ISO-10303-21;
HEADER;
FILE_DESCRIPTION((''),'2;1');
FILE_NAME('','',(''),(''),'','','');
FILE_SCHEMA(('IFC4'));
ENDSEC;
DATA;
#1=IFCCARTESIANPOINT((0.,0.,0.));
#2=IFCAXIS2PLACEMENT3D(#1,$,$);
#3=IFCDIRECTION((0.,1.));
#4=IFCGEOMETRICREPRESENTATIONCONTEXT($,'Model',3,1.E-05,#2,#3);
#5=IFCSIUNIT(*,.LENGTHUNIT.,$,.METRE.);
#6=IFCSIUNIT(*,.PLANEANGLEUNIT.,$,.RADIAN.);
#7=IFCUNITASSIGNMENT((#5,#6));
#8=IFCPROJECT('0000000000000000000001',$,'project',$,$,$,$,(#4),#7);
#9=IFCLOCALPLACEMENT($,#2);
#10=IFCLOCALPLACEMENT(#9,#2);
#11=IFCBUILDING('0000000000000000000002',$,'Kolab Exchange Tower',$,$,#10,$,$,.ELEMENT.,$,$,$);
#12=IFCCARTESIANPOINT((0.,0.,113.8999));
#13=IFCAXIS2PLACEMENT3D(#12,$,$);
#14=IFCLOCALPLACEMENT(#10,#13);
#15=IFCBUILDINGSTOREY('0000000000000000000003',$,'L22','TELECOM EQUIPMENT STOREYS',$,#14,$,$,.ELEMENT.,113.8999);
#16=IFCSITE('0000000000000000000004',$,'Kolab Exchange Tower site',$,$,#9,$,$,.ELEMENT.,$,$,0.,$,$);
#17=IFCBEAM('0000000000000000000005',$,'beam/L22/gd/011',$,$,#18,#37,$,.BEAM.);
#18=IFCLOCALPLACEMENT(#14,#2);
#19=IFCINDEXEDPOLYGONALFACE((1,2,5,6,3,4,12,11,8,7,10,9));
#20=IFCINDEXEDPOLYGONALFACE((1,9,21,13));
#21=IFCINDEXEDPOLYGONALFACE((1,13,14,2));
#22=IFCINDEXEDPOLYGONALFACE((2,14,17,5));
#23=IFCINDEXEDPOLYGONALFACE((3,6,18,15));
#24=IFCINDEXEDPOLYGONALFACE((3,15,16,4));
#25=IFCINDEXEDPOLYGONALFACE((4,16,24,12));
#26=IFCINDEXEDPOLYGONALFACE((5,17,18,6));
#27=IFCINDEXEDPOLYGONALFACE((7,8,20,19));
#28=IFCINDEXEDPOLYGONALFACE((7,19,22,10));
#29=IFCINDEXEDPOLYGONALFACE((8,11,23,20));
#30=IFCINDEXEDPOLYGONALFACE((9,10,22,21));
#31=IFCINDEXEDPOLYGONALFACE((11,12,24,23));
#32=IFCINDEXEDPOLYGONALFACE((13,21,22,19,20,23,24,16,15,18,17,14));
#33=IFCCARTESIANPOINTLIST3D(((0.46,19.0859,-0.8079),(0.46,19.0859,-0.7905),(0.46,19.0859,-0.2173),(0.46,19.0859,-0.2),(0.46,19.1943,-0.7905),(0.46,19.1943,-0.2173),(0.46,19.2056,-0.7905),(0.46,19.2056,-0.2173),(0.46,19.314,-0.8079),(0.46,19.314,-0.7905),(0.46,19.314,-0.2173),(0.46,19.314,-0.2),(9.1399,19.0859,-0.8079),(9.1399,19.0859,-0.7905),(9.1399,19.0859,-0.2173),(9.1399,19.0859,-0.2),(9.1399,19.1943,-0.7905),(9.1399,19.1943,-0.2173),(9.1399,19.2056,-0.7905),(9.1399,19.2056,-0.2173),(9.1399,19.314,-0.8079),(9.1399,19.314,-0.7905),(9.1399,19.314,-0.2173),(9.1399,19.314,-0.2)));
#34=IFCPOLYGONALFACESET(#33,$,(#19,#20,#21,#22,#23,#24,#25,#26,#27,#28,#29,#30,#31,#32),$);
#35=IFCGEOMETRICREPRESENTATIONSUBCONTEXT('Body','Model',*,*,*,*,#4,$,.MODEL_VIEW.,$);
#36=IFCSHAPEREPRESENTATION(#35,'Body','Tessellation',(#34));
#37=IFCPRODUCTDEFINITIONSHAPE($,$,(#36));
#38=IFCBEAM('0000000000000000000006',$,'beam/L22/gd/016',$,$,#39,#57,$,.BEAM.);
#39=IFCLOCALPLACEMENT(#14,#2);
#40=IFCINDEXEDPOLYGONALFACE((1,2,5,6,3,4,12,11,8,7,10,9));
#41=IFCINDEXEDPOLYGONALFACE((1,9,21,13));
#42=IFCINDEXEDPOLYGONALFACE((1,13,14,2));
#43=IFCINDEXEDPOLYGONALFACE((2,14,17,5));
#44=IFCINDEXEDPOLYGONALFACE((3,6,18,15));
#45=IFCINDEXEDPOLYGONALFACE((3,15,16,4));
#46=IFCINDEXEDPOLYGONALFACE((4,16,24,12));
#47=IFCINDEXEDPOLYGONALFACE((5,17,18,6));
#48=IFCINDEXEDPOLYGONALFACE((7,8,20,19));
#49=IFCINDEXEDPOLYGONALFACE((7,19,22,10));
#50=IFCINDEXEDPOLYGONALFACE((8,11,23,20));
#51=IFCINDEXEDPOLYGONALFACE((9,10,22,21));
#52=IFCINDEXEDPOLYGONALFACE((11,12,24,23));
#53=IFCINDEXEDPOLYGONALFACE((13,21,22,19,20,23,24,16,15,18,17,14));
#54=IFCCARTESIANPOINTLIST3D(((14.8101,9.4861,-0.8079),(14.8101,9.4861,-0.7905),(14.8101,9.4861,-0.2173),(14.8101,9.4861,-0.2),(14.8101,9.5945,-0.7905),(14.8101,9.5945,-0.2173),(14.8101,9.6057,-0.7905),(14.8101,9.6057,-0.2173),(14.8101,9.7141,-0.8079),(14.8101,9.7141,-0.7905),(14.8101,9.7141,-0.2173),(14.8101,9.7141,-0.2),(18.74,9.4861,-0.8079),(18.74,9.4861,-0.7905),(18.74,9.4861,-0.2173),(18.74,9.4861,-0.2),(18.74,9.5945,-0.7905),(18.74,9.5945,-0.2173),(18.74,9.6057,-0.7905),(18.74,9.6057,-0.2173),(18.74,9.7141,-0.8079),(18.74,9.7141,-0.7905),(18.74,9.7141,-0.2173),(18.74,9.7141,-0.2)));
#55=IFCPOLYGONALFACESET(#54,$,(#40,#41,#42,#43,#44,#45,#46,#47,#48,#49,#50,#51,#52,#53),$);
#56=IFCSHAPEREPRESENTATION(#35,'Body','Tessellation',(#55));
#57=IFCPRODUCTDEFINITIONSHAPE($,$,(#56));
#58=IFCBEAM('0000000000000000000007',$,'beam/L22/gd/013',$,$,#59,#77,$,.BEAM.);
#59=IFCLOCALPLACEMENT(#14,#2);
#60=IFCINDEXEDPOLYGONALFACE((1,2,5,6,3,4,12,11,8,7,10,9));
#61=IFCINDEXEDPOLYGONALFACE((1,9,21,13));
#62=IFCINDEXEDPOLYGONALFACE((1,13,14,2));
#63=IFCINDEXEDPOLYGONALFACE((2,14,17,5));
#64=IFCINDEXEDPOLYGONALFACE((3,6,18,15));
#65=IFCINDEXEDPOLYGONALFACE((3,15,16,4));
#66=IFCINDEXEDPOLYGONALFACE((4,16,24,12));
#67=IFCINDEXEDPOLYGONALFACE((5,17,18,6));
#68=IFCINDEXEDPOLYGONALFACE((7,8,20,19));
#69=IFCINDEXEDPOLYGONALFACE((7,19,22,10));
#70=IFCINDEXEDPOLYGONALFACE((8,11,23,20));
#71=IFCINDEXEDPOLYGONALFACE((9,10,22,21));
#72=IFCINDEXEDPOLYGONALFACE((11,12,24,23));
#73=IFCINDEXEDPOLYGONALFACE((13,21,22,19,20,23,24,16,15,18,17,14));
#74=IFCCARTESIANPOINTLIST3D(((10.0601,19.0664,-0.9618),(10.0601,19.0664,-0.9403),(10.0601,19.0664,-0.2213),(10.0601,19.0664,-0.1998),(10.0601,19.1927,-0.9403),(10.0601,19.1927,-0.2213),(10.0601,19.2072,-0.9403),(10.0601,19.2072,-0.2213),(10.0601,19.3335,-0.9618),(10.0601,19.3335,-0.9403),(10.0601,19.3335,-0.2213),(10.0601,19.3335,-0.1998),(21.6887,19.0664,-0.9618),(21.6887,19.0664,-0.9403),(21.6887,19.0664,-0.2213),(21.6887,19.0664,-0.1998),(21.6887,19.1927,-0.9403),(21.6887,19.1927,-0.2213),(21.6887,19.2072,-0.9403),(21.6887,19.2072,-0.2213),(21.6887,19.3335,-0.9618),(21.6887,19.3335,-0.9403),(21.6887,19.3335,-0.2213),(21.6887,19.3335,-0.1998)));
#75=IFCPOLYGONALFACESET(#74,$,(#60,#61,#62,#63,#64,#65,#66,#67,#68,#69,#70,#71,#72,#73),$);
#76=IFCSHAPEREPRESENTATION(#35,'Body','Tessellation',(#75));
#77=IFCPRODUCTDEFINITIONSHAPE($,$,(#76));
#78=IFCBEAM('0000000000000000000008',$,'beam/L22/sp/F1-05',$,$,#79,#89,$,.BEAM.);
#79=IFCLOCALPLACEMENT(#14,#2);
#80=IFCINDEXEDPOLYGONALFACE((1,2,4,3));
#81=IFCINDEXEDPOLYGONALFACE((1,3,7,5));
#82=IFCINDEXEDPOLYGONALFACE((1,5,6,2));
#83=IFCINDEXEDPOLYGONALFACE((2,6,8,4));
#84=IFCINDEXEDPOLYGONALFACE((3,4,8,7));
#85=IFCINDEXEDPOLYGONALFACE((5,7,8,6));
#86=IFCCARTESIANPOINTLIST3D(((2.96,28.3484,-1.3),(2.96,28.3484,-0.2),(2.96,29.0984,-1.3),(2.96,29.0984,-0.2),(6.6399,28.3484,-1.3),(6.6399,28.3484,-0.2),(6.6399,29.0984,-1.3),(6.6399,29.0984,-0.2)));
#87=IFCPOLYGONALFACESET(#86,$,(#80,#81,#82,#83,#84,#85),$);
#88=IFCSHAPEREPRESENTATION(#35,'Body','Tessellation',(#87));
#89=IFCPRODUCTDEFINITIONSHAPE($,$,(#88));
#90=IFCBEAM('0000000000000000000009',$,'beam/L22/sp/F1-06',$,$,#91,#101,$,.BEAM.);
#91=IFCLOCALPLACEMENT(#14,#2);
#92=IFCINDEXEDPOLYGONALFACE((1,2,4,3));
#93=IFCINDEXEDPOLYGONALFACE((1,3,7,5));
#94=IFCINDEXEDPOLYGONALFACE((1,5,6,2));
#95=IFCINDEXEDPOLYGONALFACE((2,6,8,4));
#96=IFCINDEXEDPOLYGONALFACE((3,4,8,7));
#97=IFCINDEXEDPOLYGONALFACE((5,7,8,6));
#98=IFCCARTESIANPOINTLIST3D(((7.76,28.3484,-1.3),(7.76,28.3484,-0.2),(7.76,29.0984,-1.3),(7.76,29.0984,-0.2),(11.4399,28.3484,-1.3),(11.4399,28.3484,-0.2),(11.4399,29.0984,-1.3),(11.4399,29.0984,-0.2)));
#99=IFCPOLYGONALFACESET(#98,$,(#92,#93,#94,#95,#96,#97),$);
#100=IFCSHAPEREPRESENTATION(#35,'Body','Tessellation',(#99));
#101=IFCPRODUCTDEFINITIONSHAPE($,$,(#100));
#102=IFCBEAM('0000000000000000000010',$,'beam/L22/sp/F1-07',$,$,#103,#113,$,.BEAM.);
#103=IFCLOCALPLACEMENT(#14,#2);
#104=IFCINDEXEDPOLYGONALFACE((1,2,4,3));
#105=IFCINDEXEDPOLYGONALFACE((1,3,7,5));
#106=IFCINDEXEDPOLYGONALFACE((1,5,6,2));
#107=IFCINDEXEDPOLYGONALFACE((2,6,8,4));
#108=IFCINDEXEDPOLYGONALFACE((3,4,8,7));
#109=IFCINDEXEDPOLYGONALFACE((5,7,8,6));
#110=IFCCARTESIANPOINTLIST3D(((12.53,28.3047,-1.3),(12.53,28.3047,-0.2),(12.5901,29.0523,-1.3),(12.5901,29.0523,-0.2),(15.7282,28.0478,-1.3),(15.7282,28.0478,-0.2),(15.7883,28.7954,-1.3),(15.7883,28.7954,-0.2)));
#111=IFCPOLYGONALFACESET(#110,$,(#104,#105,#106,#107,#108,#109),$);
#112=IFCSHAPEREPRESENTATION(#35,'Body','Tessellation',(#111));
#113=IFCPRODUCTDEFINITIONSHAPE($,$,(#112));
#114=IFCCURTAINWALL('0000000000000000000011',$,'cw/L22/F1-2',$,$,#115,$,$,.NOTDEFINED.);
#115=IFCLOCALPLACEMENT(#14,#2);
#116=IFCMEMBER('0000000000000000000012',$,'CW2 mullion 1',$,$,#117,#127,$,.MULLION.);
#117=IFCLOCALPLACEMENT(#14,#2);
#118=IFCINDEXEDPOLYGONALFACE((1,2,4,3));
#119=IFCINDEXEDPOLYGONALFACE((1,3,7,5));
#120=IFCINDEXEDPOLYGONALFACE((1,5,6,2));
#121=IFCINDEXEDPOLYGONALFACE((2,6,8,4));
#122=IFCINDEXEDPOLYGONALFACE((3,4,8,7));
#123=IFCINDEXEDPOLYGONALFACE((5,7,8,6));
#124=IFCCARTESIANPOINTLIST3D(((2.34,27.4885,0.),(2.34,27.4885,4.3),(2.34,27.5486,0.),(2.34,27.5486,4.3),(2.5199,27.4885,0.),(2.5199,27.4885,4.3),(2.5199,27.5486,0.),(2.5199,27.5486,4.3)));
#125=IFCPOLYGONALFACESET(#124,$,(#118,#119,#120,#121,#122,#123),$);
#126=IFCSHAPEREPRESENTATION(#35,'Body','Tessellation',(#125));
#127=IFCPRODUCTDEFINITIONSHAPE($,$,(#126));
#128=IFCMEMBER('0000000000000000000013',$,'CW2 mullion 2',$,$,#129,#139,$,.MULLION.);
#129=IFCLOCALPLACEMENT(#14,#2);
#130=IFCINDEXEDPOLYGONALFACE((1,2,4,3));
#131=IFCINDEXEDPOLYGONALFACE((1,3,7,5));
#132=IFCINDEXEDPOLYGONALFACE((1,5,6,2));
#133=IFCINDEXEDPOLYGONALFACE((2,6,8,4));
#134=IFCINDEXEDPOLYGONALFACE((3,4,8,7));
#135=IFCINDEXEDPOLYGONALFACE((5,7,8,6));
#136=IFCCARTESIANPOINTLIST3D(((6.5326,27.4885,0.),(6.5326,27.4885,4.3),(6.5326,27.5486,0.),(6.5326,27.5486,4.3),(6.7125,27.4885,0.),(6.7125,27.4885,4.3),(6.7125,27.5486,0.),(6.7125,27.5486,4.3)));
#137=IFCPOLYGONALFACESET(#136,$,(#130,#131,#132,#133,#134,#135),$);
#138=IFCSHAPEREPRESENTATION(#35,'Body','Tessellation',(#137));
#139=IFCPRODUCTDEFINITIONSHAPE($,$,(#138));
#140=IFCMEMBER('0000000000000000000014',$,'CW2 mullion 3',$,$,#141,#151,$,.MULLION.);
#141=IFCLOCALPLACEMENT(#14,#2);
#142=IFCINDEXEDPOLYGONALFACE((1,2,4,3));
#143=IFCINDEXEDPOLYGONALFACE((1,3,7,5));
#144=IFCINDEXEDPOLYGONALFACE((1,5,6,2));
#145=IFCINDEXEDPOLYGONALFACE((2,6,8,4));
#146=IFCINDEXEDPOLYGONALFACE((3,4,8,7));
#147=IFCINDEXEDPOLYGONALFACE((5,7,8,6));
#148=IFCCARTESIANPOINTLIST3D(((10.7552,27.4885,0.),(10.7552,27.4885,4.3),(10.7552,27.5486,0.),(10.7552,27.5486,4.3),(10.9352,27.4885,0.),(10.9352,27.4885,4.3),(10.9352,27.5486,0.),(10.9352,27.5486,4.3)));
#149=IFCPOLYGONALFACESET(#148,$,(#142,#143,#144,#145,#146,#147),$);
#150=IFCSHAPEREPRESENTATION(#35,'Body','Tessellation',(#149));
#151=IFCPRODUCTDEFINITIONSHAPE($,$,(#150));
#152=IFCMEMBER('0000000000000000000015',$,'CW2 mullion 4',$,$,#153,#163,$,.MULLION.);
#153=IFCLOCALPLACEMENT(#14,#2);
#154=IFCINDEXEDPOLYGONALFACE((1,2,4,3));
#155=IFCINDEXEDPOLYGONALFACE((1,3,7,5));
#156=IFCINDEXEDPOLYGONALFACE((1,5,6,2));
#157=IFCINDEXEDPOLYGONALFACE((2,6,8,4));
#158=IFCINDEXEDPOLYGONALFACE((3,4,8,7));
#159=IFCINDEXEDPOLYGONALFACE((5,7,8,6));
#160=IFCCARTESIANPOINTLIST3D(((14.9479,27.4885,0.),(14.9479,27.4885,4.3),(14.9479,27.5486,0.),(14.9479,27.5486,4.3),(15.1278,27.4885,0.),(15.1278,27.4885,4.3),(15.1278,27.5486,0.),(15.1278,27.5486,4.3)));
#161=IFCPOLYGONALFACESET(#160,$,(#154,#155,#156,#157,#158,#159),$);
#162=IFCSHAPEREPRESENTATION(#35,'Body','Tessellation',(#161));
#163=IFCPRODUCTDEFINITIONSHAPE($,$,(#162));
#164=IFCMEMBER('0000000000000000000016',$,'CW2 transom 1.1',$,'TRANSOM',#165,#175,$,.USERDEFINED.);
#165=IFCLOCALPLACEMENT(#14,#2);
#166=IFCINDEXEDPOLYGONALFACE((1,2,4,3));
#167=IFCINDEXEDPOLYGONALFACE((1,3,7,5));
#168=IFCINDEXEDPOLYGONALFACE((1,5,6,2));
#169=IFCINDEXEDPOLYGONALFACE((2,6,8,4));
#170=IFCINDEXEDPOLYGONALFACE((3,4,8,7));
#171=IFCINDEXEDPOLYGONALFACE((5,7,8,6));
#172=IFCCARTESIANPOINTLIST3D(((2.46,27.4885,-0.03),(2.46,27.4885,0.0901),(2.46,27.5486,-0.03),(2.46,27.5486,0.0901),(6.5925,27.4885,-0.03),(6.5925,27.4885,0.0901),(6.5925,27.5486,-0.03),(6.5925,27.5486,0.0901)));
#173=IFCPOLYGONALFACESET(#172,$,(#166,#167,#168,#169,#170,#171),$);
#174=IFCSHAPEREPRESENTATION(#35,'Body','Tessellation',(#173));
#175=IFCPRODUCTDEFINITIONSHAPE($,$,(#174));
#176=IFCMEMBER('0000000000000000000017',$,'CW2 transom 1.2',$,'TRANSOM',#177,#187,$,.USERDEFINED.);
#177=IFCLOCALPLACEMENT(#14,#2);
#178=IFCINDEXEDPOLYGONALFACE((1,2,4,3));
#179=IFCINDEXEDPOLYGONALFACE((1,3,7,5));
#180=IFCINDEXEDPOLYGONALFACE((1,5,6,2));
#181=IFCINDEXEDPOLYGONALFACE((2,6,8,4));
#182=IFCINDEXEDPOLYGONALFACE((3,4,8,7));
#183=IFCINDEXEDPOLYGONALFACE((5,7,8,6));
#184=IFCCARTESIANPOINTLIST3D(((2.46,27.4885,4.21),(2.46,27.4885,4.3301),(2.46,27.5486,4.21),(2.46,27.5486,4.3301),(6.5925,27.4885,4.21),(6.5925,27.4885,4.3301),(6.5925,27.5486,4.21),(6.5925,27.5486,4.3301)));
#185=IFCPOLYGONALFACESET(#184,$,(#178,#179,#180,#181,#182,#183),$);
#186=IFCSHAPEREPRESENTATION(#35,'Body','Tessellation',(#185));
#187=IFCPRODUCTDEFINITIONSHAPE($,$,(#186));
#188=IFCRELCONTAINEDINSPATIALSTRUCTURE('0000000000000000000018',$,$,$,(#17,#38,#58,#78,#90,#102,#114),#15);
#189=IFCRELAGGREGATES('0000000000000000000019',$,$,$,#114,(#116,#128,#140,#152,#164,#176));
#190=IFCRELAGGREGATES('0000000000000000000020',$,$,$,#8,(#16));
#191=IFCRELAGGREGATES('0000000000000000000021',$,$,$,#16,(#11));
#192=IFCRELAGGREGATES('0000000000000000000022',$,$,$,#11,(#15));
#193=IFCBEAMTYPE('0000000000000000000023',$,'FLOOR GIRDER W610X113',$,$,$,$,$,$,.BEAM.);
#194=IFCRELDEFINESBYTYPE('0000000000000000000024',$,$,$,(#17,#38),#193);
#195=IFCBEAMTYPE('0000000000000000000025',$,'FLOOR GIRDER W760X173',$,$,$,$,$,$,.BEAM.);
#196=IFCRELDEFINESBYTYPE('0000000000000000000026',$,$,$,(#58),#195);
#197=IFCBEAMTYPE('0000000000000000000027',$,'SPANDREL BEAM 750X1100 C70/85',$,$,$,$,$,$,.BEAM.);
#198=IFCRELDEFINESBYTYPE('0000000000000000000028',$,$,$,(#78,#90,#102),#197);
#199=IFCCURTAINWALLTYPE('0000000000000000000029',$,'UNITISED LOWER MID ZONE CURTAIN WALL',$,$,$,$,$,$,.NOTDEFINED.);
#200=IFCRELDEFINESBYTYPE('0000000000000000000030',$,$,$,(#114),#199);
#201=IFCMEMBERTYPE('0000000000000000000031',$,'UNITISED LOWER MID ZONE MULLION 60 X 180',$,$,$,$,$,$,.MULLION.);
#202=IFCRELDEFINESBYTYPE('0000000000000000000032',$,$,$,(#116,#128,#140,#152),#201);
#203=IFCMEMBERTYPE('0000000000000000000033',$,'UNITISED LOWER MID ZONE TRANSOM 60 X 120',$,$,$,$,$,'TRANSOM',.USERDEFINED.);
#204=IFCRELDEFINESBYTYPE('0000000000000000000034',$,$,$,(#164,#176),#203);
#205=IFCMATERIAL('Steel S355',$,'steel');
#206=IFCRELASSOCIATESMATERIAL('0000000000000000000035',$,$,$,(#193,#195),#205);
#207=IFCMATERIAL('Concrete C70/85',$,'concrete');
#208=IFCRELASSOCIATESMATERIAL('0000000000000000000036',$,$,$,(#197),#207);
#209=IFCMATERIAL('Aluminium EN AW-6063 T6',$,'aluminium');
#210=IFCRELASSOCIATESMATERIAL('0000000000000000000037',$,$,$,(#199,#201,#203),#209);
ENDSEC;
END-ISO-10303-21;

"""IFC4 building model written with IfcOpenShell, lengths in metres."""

from ifc_helpers import new_model, si_unit, direction, frame, origin, origin_2d, place, context, subcontext, project, spatial, rectangle, i_section, extrude, material, material_profile, profile_set, type_object, element, aggregate, save


model = new_model("IFC4")

# Units and contexts
model_context = context("Model", 3, precision=1e-05, world=origin(), true_north=direction((0.0, 1.0)))
body_context = subcontext(model_context, "Body", "Model", "MODEL_VIEW")
ifc_project = project(units=[si_unit("LENGTHUNIT", "METRE"), si_unit("PLANEANGLEUNIT", "RADIAN")], contexts=[model_context])

# Site, building, storey
site_placement = place(None, origin())
site = spatial("IfcSite", under=ifc_project, at=site_placement, Name="Kolab Exchange Tower site", CompositionType="ELEMENT", RefElevation=0.0)
building_placement = place(site_placement, origin())
building = spatial("IfcBuilding", under=site, at=building_placement, Name="Kolab Exchange Tower", CompositionType="ELEMENT")
storey_placement = place(building_placement, frame((0.0, 0.0, 113.8999)))
storey = spatial("IfcBuildingStorey", under=building, at=storey_placement, Name="L22", Description="TELECOM EQUIPMENT STOREYS", CompositionType="ELEMENT", Elevation=113.8999)

# Shared definitions
ifc_material_1 = material(Name="Concrete C70/85", Category="concrete")

# Beams
ifc_material_2 = material(Name="Steel S355", Category="steel")
ifc_material_profile_1 = material_profile(ifc_material_2, i_section(OverallWidth=0.228, OverallDepth=0.6079, WebThickness=0.0112, FlangeThickness=0.0173, at=origin_2d()), Name="W610X113")
ifc_profile_set_1 = profile_set([ifc_material_profile_1], Name="Steel S355")
beam_type_1 = type_object("IfcBeamType", Name="FLOOR GIRDER W610X113", PredefinedType="BEAM", material=ifc_profile_set_1)
beam_1_placement = place(storey_placement, frame((0.46, 19.2, -0.5039), z_axis=(1.0, 0.0, 0.0), x_axis=(0.0, 1.0, 0.0)))
element("IfcBeam", 1, at=beam_1_placement, inside=storey, type_object=beam_type_1, Name="beam/L22/gd/011", PredefinedType="BEAM", context=body_context, shape_type="SweptSolid", body=[
    extrude(i_section(OverallWidth=0.228, OverallDepth=0.6079, WebThickness=0.0112, FlangeThickness=0.0173, at=origin_2d()), origin(), (0.0, 0.0, 1.0), 8.6799),
])
beam_2_placement = place(storey_placement, frame((14.8101, 9.6001, -0.5039), z_axis=(1.0, 0.0, 0.0), x_axis=(0.0, 1.0, 0.0)))
element("IfcBeam", 2, at=beam_2_placement, inside=storey, type_object=beam_type_1, Name="beam/L22/gd/016", PredefinedType="BEAM", context=body_context, shape_type="SweptSolid", body=[
    extrude(i_section(OverallWidth=0.228, OverallDepth=0.6079, WebThickness=0.0112, FlangeThickness=0.0173, at=origin_2d()), origin(), (0.0, 0.0, 1.0), 3.9299),
])
ifc_material_profile_2 = material_profile(ifc_material_2, i_section(OverallWidth=0.2671, OverallDepth=0.762, WebThickness=0.0144, FlangeThickness=0.0215, at=origin_2d()), Name="W760X173")
ifc_profile_set_2 = profile_set([ifc_material_profile_2], Name="Steel S355")
beam_type_2 = type_object("IfcBeamType", Name="FLOOR GIRDER W760X173", PredefinedType="BEAM", material=ifc_profile_set_2)
beam_3_placement = place(storey_placement, frame((10.0601, 19.2, -0.5808), z_axis=(1.0, 0.0, 0.0), x_axis=(0.0, 1.0, 0.0)))
element("IfcBeam", 3, at=beam_3_placement, inside=storey, type_object=beam_type_2, Name="beam/L22/gd/013", PredefinedType="BEAM", context=body_context, shape_type="SweptSolid", body=[
    extrude(i_section(OverallWidth=0.2671, OverallDepth=0.762, WebThickness=0.0144, FlangeThickness=0.0215, at=origin_2d()), origin(), (0.0, 0.0, 1.0), 11.6287),
])
ifc_material_profile_3 = material_profile(ifc_material_1, rectangle(XDim=0.75, YDim=1.1001, at=origin_2d()), Name="RC750X1100")
ifc_profile_set_3 = profile_set([ifc_material_profile_3], Name="Concrete C70/85")
beam_type_3 = type_object("IfcBeamType", Name="SPANDREL BEAM 750X1100 C70/85", PredefinedType="BEAM", material=ifc_profile_set_3)
for number, where, z_axis, x_axis, name in (
    (4, (2.96, 28.7234, -0.75), (1.0, 0.0, 0.0), (0.0, 1.0, 0.0), "beam/L22/sp/F1-05"),
    (5, (7.76, 28.7234, -0.75), (1.0, 0.0, 0.0), (0.0, 1.0, 0.0), "beam/L22/sp/F1-06"),
):
    element("IfcBeam", number, at=place(storey_placement, frame(where, z_axis=z_axis, x_axis=x_axis)), inside=storey, type_object=beam_type_3, Name=name, PredefinedType="BEAM", context=body_context, shape_type="SweptSolid", body=[
        extrude(rectangle(XDim=0.75, YDim=1.1001, at=origin_2d()), origin(), (0.0, 0.0, 1.0), 3.6799),
    ])
beam_4_placement = place(storey_placement, frame((12.5601, 28.6785, -0.75), z_axis=(0.996791, -0.080048, 0.0), x_axis=(0.080048, 0.996791, 0.0)))
element("IfcBeam", 6, at=beam_4_placement, inside=storey, type_object=beam_type_3, Name="beam/L22/sp/F1-07", PredefinedType="BEAM", context=body_context, shape_type="SweptSolid", body=[
    extrude(rectangle(XDim=0.75, YDim=1.1001, at=origin_2d()), origin(), (0.0, 0.0, 1.0), 3.2085),
])

# Curtain wall, members
ifc_material_3 = material(Name="Aluminium EN AW-6063 T6", Category="aluminium")
curtain_wall_type = type_object("IfcCurtainWallType", Name="UNITISED LOWER MID ZONE CURTAIN WALL", PredefinedType="NOTDEFINED", material=ifc_material_3)
curtain_wall_placement = place(storey_placement, origin())
curtain_wall = element("IfcCurtainWall", 7, at=curtain_wall_placement, inside=storey, type_object=curtain_wall_type, Name="cw/L22/F1-2", PredefinedType="NOTDEFINED")
ifc_material_profile_4 = material_profile(ifc_material_3, rectangle(XDim=0.0601, YDim=0.1799, at=origin_2d()), Name="RECT 60X180")
ifc_profile_set_4 = profile_set([ifc_material_profile_4], Name="Aluminium EN AW-6063 T6")
member_type_1 = type_object("IfcMemberType", Name="UNITISED LOWER MID ZONE MULLION 60 X 180", PredefinedType="MULLION", material=ifc_profile_set_4)
member_1_placement = place(storey_placement, frame((2.4299, 27.5186, 0.0), z_axis=(0.0, 0.0, 1.0), x_axis=(0.0, 1.0, 0.0)))
member_1 = element("IfcMember", 8, at=member_1_placement, type_object=member_type_1, Name="CW2 mullion 1", PredefinedType="MULLION", context=body_context, shape_type="SweptSolid", body=[
    extrude(rectangle(XDim=0.0601, YDim=0.1799, at=origin_2d()), origin(), (0.0, 0.0, 1.0), 4.3),
])
member_2_placement = place(storey_placement, frame((6.6226, 27.5186, 0.0), z_axis=(0.0, 0.0, 1.0), x_axis=(0.0, 1.0, 0.0)))
member_2 = element("IfcMember", 9, at=member_2_placement, type_object=member_type_1, Name="CW2 mullion 2", PredefinedType="MULLION", context=body_context, shape_type="SweptSolid", body=[
    extrude(rectangle(XDim=0.0601, YDim=0.1799, at=origin_2d()), origin(), (0.0, 0.0, 1.0), 4.3),
])
member_3_placement = place(storey_placement, frame((10.8452, 27.5186, 0.0), z_axis=(0.0, 0.0, 1.0), x_axis=(0.0, 1.0, 0.0)))
member_3 = element("IfcMember", 10, at=member_3_placement, type_object=member_type_1, Name="CW2 mullion 3", PredefinedType="MULLION", context=body_context, shape_type="SweptSolid", body=[
    extrude(rectangle(XDim=0.0601, YDim=0.1799, at=origin_2d()), origin(), (0.0, 0.0, 1.0), 4.3),
])
member_4_placement = place(storey_placement, frame((15.0378, 27.5186, 0.0), z_axis=(0.0, 0.0, 1.0), x_axis=(0.0, 1.0, 0.0)))
member_4 = element("IfcMember", 11, at=member_4_placement, type_object=member_type_1, Name="CW2 mullion 4", PredefinedType="MULLION", context=body_context, shape_type="SweptSolid", body=[
    extrude(rectangle(XDim=0.0601, YDim=0.1799, at=origin_2d()), origin(), (0.0, 0.0, 1.0), 4.3),
])
ifc_material_profile_5 = material_profile(ifc_material_3, rectangle(XDim=0.0601, YDim=0.1201, at=origin_2d()), Name="RECT 60X120")
ifc_profile_set_5 = profile_set([ifc_material_profile_5], Name="Aluminium EN AW-6063 T6")
member_type_2 = type_object("IfcMemberType", Name="UNITISED LOWER MID ZONE TRANSOM 60 X 120", ElementType="TRANSOM", PredefinedType="USERDEFINED", material=ifc_profile_set_5)
member_5_placement = place(storey_placement, frame((2.46, 27.5186, 0.03), z_axis=(1.0, 0.0, 0.0), x_axis=(0.0, 1.0, 0.0)))
member_5 = element("IfcMember", 12, at=member_5_placement, type_object=member_type_2, Name="CW2 transom 1.1", ObjectType="TRANSOM", PredefinedType="USERDEFINED", context=body_context, shape_type="SweptSolid", body=[
    extrude(rectangle(XDim=0.0601, YDim=0.1201, at=origin_2d()), origin(), (0.0, 0.0, 1.0), 4.1326),
])
member_6_placement = place(storey_placement, frame((2.46, 27.5186, 4.27), z_axis=(1.0, 0.0, 0.0), x_axis=(0.0, 1.0, 0.0)))
member_6 = element("IfcMember", 13, at=member_6_placement, type_object=member_type_2, Name="CW2 transom 1.2", ObjectType="TRANSOM", PredefinedType="USERDEFINED", context=body_context, shape_type="SweptSolid", body=[
    extrude(rectangle(XDim=0.0601, YDim=0.1201, at=origin_2d()), origin(), (0.0, 0.0, 1.0), 4.1326),
])
aggregate(curtain_wall, [member_1, member_2, member_3, member_4, member_5, member_6])

save(model, "model.ifc")
